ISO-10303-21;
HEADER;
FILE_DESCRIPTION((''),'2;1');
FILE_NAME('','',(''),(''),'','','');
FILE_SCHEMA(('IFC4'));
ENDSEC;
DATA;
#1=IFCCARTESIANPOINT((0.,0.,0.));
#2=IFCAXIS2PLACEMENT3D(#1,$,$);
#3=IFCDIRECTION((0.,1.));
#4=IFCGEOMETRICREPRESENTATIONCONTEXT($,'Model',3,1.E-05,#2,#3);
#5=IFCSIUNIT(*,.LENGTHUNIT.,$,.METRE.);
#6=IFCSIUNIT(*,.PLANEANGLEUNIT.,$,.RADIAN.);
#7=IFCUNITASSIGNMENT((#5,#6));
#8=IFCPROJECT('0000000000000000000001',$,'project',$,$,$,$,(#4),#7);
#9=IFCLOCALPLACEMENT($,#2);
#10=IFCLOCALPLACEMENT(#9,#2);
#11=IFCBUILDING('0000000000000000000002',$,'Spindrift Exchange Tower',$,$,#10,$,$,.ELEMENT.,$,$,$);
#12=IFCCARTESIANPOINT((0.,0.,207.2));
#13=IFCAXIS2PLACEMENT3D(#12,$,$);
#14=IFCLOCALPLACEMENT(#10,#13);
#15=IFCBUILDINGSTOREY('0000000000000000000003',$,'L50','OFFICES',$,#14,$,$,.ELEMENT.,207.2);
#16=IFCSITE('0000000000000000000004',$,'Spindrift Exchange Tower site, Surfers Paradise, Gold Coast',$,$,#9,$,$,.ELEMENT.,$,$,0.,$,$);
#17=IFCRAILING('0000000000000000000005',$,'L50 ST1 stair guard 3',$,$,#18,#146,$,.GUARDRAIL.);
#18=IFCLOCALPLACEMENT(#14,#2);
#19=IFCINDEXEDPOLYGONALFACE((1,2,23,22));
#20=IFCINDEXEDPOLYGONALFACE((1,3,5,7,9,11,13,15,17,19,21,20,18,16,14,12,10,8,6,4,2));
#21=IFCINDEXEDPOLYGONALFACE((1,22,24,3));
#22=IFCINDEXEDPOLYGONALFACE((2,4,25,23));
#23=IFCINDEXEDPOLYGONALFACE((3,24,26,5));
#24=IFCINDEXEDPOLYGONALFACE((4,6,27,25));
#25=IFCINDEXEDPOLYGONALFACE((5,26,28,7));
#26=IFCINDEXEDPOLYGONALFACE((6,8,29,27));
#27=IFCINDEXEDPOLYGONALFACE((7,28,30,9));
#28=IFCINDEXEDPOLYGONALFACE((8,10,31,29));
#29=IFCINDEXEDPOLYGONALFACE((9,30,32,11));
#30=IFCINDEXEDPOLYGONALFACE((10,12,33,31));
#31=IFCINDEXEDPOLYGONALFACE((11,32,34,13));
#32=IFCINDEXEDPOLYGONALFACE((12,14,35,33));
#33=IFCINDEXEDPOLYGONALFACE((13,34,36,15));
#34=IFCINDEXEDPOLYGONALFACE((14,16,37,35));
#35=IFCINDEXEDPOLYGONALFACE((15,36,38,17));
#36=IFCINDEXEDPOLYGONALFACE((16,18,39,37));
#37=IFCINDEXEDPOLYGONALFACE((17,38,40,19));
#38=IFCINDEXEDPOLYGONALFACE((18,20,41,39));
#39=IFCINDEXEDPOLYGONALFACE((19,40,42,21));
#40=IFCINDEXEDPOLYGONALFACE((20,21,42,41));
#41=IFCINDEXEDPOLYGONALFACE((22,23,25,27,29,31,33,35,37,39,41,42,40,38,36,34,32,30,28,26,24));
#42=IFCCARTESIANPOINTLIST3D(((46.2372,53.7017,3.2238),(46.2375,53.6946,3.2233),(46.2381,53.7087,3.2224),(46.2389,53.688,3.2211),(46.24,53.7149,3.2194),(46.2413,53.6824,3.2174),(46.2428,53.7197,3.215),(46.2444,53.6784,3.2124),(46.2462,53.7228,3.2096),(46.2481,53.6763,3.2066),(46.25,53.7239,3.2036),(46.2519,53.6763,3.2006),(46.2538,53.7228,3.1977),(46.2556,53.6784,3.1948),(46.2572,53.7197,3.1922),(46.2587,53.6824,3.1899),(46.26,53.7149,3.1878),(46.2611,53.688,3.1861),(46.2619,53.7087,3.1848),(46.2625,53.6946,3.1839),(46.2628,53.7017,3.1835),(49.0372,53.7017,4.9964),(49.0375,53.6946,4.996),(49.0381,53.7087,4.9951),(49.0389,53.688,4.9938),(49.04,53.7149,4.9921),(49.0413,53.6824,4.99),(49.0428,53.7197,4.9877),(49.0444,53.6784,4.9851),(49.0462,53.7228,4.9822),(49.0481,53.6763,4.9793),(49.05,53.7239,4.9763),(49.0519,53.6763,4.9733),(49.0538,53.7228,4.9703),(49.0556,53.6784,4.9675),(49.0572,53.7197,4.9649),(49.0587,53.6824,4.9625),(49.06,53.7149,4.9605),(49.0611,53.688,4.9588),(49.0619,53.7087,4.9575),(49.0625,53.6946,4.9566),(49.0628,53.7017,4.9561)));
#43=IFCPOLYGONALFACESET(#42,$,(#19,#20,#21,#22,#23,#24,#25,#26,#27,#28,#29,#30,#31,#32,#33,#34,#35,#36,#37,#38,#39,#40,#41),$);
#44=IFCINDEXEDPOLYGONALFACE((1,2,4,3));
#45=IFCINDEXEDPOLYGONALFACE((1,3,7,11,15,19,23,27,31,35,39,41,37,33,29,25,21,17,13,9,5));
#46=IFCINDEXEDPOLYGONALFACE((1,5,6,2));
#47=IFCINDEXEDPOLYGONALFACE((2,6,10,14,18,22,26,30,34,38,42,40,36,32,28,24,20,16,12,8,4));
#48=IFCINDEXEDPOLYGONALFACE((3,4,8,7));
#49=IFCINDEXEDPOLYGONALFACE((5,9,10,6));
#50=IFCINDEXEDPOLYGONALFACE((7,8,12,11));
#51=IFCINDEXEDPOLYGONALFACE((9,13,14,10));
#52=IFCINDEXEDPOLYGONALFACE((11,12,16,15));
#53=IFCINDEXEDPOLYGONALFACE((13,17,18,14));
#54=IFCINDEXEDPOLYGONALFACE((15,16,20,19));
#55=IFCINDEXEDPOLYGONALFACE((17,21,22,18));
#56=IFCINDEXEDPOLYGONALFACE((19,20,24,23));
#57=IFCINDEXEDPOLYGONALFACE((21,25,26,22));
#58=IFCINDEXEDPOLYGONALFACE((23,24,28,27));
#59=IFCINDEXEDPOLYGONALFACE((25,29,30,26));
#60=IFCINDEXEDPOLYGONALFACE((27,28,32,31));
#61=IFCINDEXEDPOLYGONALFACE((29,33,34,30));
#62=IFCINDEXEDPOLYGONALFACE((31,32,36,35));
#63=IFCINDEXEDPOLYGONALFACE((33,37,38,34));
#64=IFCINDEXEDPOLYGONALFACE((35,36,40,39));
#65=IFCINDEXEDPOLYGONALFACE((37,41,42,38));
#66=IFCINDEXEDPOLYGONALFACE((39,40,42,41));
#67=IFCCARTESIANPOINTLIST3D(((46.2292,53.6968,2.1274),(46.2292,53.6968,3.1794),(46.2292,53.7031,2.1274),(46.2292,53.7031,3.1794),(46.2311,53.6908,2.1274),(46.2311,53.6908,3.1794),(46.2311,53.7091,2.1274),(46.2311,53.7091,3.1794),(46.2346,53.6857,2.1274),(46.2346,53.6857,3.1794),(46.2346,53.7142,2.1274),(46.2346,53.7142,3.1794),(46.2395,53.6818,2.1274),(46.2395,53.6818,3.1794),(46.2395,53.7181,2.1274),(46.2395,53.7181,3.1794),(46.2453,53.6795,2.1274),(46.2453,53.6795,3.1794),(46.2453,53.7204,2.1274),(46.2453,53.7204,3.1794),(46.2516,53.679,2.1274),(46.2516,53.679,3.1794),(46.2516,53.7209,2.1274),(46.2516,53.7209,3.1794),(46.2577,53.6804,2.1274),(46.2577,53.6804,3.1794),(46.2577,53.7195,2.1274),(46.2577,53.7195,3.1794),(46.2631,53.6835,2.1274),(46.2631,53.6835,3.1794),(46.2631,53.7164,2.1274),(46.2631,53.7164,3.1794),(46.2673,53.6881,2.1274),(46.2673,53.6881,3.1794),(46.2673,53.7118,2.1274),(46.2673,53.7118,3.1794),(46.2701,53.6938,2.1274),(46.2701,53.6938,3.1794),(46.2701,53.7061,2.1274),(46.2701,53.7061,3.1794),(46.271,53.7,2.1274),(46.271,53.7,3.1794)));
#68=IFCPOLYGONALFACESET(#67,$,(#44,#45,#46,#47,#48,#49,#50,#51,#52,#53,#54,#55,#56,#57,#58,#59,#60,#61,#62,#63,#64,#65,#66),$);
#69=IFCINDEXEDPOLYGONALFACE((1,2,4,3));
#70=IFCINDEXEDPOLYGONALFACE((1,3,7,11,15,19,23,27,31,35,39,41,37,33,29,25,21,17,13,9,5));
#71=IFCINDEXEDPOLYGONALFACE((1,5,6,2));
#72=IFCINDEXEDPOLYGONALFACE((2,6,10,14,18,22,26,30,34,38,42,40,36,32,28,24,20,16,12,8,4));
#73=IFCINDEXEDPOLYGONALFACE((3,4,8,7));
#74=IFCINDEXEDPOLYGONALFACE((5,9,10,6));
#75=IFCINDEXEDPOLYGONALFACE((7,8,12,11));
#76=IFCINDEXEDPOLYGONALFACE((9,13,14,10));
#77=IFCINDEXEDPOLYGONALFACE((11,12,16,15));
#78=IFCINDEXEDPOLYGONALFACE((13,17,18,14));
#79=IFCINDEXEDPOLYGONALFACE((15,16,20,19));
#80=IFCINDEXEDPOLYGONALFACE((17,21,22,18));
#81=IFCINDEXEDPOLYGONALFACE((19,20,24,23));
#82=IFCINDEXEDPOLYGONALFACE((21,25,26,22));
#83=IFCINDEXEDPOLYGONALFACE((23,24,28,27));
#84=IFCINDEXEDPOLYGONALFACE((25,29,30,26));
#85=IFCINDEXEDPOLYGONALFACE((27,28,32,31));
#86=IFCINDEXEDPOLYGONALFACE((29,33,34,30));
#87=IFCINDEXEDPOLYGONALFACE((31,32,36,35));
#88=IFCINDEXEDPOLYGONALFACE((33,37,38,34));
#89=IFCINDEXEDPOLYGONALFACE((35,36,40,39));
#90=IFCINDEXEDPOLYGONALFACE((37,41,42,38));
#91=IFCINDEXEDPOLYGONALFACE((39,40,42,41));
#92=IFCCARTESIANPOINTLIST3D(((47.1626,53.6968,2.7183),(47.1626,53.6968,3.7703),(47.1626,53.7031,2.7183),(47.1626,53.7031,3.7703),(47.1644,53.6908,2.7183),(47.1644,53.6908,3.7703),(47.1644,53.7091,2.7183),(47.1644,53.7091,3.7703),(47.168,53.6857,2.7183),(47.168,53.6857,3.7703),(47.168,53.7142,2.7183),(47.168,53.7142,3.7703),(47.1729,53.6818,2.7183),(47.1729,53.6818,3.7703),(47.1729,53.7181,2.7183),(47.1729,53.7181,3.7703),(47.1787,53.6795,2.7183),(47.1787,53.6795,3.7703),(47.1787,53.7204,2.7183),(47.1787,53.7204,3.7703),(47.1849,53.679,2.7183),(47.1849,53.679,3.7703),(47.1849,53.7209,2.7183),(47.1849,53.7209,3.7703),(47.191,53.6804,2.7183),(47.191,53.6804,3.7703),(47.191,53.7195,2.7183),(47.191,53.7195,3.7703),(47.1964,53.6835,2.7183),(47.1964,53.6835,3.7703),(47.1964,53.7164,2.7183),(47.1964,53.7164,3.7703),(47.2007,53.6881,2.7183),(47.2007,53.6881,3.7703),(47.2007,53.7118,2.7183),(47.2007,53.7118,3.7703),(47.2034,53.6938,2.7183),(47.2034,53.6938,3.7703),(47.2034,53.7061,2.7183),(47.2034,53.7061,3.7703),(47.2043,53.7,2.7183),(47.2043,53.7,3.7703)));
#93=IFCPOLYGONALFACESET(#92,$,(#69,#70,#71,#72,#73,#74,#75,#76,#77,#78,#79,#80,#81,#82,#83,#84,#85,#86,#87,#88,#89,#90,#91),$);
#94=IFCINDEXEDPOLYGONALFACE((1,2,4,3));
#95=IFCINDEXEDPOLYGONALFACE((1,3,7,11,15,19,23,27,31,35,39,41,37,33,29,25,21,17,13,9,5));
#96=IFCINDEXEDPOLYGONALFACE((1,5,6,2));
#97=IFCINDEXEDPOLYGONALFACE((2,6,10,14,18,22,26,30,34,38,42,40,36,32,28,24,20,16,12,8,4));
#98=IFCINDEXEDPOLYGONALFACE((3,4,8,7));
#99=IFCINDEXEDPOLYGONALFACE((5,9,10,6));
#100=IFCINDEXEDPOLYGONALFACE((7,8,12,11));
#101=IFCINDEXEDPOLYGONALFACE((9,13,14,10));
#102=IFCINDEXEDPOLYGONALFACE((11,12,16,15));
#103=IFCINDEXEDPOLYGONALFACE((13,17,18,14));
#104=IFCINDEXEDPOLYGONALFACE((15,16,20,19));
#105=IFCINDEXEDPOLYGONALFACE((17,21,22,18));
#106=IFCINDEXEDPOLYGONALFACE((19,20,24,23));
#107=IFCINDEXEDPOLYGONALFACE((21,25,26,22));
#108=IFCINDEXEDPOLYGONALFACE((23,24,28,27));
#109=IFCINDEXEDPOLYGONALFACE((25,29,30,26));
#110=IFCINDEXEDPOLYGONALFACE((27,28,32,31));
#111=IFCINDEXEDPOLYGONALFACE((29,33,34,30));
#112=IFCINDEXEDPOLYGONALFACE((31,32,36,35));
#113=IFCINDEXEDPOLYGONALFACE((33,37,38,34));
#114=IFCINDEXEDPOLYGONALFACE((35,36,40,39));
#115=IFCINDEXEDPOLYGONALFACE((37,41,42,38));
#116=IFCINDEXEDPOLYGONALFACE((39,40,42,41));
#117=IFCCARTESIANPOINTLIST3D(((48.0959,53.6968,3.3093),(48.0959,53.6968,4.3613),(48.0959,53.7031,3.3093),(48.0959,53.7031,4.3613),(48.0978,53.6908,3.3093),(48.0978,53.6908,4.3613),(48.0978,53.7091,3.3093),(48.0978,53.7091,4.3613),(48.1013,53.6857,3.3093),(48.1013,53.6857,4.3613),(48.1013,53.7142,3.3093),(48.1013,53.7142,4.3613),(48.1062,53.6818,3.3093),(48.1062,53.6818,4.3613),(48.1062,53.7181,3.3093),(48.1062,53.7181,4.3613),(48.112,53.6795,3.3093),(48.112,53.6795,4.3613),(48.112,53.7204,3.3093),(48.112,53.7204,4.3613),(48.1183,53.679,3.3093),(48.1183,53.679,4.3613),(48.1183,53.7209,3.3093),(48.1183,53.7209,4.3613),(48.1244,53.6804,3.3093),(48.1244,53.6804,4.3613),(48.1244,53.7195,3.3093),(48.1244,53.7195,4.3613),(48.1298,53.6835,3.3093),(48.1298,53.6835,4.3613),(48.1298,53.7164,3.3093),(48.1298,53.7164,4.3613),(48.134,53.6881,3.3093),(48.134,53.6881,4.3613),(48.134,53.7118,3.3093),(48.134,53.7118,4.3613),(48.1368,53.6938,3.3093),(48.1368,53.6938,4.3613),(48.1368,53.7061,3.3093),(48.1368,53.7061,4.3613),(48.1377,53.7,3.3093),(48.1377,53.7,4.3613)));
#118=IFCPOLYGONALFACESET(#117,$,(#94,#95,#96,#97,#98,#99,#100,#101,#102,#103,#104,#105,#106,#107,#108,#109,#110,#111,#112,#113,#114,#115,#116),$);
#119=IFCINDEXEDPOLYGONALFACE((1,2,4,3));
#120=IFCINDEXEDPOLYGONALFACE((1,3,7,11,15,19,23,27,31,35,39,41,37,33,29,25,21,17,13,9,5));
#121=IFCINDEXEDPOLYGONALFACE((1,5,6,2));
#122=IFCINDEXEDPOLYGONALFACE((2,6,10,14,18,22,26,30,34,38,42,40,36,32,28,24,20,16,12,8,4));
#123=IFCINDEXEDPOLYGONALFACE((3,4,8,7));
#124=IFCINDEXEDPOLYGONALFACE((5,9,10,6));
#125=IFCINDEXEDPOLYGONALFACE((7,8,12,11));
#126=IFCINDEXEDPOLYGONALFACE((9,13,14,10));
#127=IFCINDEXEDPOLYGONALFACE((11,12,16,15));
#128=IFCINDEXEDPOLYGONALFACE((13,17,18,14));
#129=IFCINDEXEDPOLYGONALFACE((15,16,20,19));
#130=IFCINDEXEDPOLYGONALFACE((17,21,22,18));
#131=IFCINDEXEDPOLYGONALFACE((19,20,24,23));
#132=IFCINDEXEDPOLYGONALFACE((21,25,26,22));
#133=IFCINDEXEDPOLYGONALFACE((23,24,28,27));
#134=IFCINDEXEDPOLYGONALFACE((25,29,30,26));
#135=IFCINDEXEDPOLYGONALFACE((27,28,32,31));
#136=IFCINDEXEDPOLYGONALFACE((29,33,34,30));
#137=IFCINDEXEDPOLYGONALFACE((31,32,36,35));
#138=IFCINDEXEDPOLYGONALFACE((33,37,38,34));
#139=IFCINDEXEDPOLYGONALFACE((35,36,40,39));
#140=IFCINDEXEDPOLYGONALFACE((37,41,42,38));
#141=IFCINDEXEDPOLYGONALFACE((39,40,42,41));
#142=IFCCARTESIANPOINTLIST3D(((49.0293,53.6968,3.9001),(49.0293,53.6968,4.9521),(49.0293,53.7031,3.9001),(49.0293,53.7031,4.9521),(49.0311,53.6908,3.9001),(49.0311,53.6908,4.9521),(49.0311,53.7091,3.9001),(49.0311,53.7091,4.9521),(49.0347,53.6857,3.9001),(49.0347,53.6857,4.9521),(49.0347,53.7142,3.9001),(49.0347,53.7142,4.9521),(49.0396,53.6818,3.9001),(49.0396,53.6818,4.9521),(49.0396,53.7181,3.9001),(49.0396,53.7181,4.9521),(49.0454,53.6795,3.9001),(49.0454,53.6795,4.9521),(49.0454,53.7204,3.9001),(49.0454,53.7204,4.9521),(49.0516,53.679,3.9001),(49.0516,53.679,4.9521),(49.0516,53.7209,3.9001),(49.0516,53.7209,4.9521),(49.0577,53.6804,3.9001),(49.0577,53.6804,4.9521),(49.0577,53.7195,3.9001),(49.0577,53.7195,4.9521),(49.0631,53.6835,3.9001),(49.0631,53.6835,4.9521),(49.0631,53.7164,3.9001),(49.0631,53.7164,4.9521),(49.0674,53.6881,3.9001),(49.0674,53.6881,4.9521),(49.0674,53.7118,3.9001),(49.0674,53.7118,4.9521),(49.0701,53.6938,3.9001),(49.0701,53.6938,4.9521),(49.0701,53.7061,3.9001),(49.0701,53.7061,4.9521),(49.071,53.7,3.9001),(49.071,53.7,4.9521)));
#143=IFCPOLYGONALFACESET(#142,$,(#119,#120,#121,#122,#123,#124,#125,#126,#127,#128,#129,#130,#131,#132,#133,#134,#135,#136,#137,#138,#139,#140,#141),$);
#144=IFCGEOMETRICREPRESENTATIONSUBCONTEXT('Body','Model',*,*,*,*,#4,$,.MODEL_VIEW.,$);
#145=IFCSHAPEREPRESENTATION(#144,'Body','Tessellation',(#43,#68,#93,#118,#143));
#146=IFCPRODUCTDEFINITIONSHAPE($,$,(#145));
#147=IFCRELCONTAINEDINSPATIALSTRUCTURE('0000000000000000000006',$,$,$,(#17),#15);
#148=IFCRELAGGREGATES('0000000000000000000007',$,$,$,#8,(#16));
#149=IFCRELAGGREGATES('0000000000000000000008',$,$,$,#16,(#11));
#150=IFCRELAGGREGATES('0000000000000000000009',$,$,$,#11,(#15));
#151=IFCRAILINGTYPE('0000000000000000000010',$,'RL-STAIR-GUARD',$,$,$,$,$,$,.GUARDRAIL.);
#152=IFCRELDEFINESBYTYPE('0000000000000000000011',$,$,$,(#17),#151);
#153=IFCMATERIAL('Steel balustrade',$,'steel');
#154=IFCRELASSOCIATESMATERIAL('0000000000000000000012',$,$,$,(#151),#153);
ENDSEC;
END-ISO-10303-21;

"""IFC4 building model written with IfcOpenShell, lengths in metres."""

from ifc_helpers import new_model, si_unit, direction, frame, origin, origin_2d, place, context, subcontext, project, spatial, circle, extrude, material, type_object, element, save


model = new_model("IFC4")

# Units and contexts
model_context = context("Model", 3, precision=1e-05, world=origin(), true_north=direction((0.0, 1.0)))
body_context = subcontext(model_context, "Body", "Model", "MODEL_VIEW")
ifc_project = project(units=[si_unit("LENGTHUNIT", "METRE"), si_unit("PLANEANGLEUNIT", "RADIAN")], contexts=[model_context])

# Site, building, storey
site_placement = place(None, origin())
site = spatial("IfcSite", under=ifc_project, at=site_placement, Name="Spindrift Exchange Tower site, Surfers Paradise, Gold Coast", CompositionType="ELEMENT", RefElevation=0.0)
building_placement = place(site_placement, origin())
building = spatial("IfcBuilding", under=site, at=building_placement, Name="Spindrift Exchange Tower", CompositionType="ELEMENT")
storey_placement = place(building_placement, frame((0.0, 0.0, 207.2)))
storey = spatial("IfcBuildingStorey", under=building, at=storey_placement, Name="L50", Description="OFFICES", CompositionType="ELEMENT", Elevation=207.2)

# Railing
ifc_material_1 = material(Name="Steel balustrade", Category="steel")
railing_type_1 = type_object("IfcRailingType", Name="RL-STAIR-GUARD", PredefinedType="GUARDRAIL", material=ifc_material_1)
railing_1_placement = place(storey_placement, frame((46.25, 53.7, 2.1274)))
element("IfcRailing", 1, at=railing_1_placement, inside=storey, type_object=railing_type_1, Name="L50 ST1 stair guard 3", PredefinedType="GUARDRAIL", context=body_context, shape_type="SweptSolid", body=[
    extrude(circle(Radius=0.0239, at=origin_2d()), frame((0.0, 0.0, 1.0762), z_axis=(0.844909, 0.0, 0.53491), x_axis=(0.0, 1.0, 0.0)), (0.0, 0.0, 1.0), 3.314),
    extrude(circle(Radius=0.021, at=origin_2d()), origin(), (0.0, 0.0, 1.0), 1.052),
    extrude(circle(Radius=0.021, at=origin_2d()), frame((0.9333, 0.0, 0.5908)), (0.0, 0.0, 1.0), 1.052),
    extrude(circle(Radius=0.021, at=origin_2d()), frame((1.8667, 0.0, 1.1819)), (0.0, 0.0, 1.0), 1.052),
    extrude(circle(Radius=0.021, at=origin_2d()), frame((2.8, 0.0, 1.7727)), (0.0, 0.0, 1.0), 1.052),
])

save(model, "model.ifc")
